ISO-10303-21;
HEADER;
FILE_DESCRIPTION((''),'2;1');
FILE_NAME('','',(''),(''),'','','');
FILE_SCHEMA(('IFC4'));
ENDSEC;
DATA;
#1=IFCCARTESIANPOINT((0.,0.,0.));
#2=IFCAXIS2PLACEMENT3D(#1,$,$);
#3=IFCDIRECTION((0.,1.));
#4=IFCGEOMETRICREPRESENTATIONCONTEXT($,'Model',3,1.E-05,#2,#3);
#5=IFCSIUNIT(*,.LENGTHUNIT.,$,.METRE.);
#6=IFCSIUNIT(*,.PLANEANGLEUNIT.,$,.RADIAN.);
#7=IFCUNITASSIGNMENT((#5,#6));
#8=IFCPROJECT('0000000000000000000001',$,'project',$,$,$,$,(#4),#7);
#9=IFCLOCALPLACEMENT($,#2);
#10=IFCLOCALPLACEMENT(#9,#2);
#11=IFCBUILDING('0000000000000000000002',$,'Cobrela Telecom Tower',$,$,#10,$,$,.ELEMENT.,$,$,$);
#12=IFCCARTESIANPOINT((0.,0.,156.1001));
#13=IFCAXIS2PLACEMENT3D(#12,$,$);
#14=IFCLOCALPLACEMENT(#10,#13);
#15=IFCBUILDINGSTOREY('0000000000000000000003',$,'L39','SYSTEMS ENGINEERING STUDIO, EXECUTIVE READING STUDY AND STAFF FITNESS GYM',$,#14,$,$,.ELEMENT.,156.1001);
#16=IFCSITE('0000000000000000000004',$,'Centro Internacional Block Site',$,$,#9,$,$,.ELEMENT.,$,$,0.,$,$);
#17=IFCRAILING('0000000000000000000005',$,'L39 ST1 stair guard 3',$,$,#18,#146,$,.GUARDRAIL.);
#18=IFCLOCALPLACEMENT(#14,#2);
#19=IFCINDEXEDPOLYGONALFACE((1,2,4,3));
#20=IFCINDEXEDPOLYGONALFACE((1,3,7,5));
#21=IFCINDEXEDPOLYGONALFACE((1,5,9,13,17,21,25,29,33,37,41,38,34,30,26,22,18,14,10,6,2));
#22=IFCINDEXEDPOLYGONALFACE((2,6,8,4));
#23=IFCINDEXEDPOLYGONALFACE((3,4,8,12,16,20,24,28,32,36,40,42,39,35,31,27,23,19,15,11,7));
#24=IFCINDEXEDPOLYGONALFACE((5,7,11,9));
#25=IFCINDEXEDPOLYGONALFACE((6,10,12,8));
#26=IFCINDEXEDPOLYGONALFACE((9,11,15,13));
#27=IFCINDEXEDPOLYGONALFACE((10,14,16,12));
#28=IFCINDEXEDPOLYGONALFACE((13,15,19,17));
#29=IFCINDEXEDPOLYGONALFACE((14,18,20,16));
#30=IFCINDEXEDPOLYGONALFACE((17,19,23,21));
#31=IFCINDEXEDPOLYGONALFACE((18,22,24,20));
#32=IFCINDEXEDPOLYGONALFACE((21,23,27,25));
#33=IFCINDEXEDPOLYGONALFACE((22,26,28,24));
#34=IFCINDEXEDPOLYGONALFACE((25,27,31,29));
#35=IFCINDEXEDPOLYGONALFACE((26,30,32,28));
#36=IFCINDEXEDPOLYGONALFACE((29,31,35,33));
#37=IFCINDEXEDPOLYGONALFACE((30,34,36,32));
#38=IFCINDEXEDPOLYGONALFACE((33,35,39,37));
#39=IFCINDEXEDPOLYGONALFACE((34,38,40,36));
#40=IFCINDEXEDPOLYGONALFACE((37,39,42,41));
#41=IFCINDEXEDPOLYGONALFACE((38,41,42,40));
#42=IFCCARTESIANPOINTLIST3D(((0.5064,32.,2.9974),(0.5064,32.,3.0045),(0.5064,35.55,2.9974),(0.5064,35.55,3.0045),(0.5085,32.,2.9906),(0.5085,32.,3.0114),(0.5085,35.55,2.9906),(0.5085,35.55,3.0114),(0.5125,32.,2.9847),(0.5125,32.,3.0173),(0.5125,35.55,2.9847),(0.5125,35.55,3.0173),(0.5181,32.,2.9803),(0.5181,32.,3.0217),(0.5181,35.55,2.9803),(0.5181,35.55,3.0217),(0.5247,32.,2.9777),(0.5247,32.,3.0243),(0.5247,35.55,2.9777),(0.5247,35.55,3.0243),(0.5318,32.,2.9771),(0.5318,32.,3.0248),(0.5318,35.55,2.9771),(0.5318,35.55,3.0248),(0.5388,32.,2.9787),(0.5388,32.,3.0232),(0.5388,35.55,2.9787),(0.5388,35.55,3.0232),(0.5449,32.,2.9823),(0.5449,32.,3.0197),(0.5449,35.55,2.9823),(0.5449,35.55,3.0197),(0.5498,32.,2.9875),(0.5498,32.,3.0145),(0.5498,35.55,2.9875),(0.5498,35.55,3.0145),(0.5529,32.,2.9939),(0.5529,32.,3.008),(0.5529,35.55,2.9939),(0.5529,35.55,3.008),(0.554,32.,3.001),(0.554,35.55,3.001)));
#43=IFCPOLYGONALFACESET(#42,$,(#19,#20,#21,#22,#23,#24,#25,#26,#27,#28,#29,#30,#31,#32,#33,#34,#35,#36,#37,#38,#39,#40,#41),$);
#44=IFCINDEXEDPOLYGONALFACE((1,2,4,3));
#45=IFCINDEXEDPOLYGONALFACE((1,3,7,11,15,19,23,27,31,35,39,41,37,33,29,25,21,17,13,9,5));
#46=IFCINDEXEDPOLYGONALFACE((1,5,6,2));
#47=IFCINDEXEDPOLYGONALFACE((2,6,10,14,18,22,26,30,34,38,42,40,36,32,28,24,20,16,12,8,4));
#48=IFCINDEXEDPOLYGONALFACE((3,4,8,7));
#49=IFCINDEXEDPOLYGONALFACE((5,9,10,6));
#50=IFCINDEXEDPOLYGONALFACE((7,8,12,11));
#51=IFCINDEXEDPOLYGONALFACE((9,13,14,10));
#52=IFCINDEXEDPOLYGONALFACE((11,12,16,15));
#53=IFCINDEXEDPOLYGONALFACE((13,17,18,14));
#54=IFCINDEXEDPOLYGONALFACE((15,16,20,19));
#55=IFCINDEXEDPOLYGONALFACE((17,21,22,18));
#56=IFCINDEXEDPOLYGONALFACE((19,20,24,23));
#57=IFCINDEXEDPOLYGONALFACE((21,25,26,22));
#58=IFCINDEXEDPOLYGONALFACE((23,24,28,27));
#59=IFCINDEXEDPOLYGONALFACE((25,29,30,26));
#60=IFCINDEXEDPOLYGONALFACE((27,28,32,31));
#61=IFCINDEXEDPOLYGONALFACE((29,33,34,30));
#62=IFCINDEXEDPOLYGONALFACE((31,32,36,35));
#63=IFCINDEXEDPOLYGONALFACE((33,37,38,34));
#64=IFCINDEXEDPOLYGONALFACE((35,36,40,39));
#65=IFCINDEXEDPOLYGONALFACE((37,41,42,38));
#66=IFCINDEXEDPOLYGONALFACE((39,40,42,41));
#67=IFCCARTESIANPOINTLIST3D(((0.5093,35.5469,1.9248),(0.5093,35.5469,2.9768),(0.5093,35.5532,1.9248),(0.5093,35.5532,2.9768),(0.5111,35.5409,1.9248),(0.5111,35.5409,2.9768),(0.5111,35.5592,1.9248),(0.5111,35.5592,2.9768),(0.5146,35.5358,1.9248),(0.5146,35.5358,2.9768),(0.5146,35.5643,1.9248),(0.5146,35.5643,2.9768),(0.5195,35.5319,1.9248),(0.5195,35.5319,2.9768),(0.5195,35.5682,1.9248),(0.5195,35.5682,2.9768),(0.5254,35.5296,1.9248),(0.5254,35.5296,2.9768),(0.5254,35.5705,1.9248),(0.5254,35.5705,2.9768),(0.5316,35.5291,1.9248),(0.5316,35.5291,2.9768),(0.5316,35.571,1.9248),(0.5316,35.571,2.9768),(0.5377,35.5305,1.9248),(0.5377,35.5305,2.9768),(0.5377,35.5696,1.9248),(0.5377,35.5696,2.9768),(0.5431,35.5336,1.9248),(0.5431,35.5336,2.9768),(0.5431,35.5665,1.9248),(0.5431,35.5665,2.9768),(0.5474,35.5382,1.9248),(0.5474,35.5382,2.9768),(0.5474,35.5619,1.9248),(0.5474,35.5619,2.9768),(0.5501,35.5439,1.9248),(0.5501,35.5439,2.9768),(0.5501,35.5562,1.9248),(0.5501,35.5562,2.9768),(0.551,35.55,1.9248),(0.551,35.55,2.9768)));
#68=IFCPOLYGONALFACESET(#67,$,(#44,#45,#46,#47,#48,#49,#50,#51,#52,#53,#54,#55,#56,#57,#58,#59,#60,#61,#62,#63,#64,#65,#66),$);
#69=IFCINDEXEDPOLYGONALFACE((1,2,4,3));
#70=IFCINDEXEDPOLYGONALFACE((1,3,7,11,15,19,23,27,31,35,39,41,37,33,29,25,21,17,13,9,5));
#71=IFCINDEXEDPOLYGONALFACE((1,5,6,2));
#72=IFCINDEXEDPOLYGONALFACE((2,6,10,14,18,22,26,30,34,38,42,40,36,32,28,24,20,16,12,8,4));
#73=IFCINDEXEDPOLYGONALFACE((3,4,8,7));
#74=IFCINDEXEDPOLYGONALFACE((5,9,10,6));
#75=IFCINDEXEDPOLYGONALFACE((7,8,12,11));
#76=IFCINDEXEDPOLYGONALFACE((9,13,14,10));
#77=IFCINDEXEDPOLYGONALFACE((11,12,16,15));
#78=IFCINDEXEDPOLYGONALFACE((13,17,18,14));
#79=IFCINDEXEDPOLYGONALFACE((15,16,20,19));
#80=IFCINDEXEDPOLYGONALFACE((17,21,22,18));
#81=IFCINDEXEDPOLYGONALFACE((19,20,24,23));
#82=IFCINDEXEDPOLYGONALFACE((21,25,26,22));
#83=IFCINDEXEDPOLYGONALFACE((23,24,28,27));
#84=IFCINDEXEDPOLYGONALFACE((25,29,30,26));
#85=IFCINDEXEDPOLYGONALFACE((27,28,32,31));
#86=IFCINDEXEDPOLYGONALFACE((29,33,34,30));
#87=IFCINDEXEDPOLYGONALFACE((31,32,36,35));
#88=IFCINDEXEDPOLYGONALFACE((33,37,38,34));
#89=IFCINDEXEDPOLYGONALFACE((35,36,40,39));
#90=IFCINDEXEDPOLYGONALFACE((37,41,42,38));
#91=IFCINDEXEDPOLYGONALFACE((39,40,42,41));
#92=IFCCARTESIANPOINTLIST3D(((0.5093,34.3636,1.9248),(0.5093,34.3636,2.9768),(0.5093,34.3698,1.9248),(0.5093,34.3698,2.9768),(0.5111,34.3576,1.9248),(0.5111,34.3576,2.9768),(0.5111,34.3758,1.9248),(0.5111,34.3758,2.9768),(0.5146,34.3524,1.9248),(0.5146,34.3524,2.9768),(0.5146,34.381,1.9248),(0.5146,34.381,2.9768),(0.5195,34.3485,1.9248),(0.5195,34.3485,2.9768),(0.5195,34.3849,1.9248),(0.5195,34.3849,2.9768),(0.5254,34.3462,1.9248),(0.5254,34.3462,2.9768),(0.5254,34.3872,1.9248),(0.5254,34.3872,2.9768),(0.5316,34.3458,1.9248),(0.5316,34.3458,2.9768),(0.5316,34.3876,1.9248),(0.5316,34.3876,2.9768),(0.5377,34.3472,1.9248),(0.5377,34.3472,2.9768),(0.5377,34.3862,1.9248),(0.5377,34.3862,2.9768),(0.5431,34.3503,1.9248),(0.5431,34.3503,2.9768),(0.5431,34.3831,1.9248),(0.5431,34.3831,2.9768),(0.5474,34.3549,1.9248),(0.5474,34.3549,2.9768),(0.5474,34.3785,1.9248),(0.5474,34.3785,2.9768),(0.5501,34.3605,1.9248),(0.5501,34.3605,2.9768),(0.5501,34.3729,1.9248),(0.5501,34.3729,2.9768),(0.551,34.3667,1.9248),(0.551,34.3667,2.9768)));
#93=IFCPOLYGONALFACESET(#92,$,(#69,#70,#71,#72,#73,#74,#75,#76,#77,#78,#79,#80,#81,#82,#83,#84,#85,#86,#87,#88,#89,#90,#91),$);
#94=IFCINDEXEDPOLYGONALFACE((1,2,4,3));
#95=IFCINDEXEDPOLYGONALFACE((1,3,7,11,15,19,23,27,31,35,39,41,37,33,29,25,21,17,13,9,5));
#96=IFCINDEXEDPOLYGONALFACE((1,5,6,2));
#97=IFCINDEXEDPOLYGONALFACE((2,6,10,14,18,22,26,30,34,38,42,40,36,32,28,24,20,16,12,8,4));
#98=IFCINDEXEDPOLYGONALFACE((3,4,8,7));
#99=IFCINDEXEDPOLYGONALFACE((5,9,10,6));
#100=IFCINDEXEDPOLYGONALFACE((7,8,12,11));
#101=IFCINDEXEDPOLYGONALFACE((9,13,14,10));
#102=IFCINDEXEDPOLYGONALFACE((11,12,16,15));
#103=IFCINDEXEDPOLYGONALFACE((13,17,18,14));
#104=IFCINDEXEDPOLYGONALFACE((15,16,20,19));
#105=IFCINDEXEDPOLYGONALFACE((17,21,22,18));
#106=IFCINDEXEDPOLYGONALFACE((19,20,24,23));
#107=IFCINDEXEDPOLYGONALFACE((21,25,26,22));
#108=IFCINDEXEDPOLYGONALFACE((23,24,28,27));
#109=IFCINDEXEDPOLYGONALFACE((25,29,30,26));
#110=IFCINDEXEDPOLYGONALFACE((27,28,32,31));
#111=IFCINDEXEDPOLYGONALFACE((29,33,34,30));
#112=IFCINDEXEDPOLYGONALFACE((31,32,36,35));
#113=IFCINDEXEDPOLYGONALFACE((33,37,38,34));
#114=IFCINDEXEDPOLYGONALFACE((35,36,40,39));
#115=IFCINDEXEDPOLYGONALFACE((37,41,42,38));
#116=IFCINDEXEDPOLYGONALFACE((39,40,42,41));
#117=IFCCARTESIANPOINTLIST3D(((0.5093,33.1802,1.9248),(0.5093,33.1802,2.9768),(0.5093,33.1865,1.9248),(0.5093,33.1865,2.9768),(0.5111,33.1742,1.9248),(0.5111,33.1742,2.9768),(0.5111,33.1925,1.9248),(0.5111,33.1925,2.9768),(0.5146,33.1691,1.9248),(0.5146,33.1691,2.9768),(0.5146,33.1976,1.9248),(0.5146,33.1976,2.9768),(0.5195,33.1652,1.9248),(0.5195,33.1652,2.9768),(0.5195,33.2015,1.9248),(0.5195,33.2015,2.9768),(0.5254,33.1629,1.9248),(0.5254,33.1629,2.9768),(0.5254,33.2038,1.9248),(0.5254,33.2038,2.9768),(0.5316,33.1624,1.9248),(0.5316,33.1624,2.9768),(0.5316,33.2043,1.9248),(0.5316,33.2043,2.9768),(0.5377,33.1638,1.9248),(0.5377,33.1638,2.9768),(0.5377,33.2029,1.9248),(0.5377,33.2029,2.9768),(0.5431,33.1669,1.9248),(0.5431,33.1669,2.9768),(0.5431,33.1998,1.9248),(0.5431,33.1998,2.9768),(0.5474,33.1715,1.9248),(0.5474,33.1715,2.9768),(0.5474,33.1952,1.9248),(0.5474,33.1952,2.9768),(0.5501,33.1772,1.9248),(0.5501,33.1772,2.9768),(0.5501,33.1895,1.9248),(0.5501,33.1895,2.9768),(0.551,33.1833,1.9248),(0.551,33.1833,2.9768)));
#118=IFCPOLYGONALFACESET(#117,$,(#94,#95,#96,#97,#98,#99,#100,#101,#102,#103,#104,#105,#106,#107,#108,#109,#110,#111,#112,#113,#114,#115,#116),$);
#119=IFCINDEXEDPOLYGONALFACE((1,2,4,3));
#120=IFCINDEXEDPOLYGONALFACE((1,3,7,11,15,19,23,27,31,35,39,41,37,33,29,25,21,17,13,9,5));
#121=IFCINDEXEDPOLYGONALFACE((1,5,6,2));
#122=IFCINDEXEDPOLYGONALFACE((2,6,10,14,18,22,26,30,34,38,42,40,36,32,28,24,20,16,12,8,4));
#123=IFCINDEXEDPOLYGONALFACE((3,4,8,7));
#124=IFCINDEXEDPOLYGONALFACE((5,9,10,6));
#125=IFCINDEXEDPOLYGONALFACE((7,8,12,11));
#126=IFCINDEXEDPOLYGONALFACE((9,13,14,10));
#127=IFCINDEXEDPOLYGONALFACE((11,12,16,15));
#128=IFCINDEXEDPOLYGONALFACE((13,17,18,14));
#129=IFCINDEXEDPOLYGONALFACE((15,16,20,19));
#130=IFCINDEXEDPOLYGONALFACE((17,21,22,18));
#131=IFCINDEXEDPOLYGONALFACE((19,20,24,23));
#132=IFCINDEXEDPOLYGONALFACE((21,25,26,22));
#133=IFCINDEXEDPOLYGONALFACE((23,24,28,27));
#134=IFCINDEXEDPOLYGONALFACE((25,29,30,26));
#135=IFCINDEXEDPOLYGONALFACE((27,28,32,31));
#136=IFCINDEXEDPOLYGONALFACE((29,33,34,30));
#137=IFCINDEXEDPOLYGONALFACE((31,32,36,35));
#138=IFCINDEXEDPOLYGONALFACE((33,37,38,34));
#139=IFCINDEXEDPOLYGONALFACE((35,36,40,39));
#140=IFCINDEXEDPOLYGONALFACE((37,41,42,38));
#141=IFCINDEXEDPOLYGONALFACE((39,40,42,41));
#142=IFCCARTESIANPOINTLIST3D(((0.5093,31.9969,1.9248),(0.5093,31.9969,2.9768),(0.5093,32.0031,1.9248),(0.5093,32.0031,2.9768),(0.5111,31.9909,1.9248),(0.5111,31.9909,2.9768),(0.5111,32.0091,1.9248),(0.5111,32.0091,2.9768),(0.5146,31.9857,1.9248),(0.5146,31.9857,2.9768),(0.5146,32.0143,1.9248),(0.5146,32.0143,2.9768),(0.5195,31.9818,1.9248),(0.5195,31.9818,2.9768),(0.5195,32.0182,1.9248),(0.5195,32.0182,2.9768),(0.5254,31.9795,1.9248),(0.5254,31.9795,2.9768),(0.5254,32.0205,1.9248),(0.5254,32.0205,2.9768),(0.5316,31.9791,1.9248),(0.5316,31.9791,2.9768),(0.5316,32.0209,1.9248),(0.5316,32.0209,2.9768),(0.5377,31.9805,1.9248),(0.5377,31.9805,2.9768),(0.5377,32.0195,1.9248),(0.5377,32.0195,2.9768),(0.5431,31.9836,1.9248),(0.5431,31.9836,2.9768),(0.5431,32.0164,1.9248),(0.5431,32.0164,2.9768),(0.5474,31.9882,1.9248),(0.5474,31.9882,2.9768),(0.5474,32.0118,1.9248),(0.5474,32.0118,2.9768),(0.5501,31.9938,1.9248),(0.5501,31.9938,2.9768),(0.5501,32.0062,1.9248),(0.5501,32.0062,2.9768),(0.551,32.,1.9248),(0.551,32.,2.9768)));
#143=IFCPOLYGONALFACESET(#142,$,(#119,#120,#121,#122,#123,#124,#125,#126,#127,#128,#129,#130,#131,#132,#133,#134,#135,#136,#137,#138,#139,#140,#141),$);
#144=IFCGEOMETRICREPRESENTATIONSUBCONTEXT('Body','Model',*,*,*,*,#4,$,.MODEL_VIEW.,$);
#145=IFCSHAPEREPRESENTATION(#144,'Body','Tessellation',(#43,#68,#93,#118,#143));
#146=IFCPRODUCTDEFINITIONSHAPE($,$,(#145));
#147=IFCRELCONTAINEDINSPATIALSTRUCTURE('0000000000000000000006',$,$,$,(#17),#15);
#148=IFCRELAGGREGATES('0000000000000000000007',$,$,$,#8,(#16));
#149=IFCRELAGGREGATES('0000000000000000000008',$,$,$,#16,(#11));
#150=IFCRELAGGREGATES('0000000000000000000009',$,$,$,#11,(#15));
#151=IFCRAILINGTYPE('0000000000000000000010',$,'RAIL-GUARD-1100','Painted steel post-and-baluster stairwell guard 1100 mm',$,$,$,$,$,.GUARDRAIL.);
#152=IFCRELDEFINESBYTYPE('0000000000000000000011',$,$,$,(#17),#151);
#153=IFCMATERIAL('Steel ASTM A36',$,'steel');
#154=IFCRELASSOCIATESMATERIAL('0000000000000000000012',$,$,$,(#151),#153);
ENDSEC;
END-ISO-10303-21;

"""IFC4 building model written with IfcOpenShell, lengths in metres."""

from ifc_helpers import new_model, si_unit, direction, frame, origin, origin_2d, place, context, subcontext, project, spatial, circle, extrude, material, type_object, element, save


model = new_model("IFC4")

# Units and contexts
model_context = context("Model", 3, precision=1e-05, world=origin(), true_north=direction((0.0, 1.0)))
body_context = subcontext(model_context, "Body", "Model", "MODEL_VIEW")
ifc_project = project(units=[si_unit("LENGTHUNIT", "METRE"), si_unit("PLANEANGLEUNIT", "RADIAN")], contexts=[model_context])

# Site, building, storey
site_placement = place(None, origin())
site = spatial("IfcSite", under=ifc_project, at=site_placement, Name="Centro Internacional Block Site", CompositionType="ELEMENT", RefElevation=0.0)
building_placement = place(site_placement, origin())
building = spatial("IfcBuilding", under=site, at=building_placement, Name="Cobrela Telecom Tower", CompositionType="ELEMENT")
storey_placement = place(building_placement, frame((0.0, 0.0, 156.1001)))
storey = spatial("IfcBuildingStorey", under=building, at=storey_placement, Name="L39", Description="SYSTEMS ENGINEERING STUDIO, EXECUTIVE READING STUDY AND STAFF FITNESS GYM", CompositionType="ELEMENT", Elevation=156.1001)

# Shared definitions
ifc_material_1 = material(Name="Steel ASTM A36", Category="steel")

# Railing
railing_type_1 = type_object("IfcRailingType", Name="RAIL-GUARD-1100", Description="Painted steel post-and-baluster stairwell guard 1100 mm", PredefinedType="GUARDRAIL", material=ifc_material_1)
railing_1_placement = place(storey_placement, frame((0.53, 35.55, 1.9248)))
element("IfcRailing", 1, at=railing_1_placement, inside=storey, type_object=railing_type_1, Name="L39 ST1 stair guard 3", PredefinedType="GUARDRAIL", context=body_context, shape_type="SweptSolid", body=[
    extrude(circle(Radius=0.0239, at=origin_2d()), frame((0.0, 0.0, 1.0762), z_axis=(0.0, -1.0, 0.0), x_axis=(1.0, 0.0, 0.0)), (0.0, 0.0, 1.0), 3.55),
    extrude(circle(Radius=0.021, at=origin_2d()), origin(), (0.0, 0.0, 1.0), 1.052),
    extrude(circle(Radius=0.021, at=origin_2d()), frame((0.0, -1.1833, 0.0)), (0.0, 0.0, 1.0), 1.052),
    extrude(circle(Radius=0.021, at=origin_2d()), frame((0.0, -2.3667, 0.0)), (0.0, 0.0, 1.0), 1.052),
    extrude(circle(Radius=0.021, at=origin_2d()), frame((0.0, -3.55, 0.0)), (0.0, 0.0, 1.0), 1.052),
])

save(model, "model.ifc")
